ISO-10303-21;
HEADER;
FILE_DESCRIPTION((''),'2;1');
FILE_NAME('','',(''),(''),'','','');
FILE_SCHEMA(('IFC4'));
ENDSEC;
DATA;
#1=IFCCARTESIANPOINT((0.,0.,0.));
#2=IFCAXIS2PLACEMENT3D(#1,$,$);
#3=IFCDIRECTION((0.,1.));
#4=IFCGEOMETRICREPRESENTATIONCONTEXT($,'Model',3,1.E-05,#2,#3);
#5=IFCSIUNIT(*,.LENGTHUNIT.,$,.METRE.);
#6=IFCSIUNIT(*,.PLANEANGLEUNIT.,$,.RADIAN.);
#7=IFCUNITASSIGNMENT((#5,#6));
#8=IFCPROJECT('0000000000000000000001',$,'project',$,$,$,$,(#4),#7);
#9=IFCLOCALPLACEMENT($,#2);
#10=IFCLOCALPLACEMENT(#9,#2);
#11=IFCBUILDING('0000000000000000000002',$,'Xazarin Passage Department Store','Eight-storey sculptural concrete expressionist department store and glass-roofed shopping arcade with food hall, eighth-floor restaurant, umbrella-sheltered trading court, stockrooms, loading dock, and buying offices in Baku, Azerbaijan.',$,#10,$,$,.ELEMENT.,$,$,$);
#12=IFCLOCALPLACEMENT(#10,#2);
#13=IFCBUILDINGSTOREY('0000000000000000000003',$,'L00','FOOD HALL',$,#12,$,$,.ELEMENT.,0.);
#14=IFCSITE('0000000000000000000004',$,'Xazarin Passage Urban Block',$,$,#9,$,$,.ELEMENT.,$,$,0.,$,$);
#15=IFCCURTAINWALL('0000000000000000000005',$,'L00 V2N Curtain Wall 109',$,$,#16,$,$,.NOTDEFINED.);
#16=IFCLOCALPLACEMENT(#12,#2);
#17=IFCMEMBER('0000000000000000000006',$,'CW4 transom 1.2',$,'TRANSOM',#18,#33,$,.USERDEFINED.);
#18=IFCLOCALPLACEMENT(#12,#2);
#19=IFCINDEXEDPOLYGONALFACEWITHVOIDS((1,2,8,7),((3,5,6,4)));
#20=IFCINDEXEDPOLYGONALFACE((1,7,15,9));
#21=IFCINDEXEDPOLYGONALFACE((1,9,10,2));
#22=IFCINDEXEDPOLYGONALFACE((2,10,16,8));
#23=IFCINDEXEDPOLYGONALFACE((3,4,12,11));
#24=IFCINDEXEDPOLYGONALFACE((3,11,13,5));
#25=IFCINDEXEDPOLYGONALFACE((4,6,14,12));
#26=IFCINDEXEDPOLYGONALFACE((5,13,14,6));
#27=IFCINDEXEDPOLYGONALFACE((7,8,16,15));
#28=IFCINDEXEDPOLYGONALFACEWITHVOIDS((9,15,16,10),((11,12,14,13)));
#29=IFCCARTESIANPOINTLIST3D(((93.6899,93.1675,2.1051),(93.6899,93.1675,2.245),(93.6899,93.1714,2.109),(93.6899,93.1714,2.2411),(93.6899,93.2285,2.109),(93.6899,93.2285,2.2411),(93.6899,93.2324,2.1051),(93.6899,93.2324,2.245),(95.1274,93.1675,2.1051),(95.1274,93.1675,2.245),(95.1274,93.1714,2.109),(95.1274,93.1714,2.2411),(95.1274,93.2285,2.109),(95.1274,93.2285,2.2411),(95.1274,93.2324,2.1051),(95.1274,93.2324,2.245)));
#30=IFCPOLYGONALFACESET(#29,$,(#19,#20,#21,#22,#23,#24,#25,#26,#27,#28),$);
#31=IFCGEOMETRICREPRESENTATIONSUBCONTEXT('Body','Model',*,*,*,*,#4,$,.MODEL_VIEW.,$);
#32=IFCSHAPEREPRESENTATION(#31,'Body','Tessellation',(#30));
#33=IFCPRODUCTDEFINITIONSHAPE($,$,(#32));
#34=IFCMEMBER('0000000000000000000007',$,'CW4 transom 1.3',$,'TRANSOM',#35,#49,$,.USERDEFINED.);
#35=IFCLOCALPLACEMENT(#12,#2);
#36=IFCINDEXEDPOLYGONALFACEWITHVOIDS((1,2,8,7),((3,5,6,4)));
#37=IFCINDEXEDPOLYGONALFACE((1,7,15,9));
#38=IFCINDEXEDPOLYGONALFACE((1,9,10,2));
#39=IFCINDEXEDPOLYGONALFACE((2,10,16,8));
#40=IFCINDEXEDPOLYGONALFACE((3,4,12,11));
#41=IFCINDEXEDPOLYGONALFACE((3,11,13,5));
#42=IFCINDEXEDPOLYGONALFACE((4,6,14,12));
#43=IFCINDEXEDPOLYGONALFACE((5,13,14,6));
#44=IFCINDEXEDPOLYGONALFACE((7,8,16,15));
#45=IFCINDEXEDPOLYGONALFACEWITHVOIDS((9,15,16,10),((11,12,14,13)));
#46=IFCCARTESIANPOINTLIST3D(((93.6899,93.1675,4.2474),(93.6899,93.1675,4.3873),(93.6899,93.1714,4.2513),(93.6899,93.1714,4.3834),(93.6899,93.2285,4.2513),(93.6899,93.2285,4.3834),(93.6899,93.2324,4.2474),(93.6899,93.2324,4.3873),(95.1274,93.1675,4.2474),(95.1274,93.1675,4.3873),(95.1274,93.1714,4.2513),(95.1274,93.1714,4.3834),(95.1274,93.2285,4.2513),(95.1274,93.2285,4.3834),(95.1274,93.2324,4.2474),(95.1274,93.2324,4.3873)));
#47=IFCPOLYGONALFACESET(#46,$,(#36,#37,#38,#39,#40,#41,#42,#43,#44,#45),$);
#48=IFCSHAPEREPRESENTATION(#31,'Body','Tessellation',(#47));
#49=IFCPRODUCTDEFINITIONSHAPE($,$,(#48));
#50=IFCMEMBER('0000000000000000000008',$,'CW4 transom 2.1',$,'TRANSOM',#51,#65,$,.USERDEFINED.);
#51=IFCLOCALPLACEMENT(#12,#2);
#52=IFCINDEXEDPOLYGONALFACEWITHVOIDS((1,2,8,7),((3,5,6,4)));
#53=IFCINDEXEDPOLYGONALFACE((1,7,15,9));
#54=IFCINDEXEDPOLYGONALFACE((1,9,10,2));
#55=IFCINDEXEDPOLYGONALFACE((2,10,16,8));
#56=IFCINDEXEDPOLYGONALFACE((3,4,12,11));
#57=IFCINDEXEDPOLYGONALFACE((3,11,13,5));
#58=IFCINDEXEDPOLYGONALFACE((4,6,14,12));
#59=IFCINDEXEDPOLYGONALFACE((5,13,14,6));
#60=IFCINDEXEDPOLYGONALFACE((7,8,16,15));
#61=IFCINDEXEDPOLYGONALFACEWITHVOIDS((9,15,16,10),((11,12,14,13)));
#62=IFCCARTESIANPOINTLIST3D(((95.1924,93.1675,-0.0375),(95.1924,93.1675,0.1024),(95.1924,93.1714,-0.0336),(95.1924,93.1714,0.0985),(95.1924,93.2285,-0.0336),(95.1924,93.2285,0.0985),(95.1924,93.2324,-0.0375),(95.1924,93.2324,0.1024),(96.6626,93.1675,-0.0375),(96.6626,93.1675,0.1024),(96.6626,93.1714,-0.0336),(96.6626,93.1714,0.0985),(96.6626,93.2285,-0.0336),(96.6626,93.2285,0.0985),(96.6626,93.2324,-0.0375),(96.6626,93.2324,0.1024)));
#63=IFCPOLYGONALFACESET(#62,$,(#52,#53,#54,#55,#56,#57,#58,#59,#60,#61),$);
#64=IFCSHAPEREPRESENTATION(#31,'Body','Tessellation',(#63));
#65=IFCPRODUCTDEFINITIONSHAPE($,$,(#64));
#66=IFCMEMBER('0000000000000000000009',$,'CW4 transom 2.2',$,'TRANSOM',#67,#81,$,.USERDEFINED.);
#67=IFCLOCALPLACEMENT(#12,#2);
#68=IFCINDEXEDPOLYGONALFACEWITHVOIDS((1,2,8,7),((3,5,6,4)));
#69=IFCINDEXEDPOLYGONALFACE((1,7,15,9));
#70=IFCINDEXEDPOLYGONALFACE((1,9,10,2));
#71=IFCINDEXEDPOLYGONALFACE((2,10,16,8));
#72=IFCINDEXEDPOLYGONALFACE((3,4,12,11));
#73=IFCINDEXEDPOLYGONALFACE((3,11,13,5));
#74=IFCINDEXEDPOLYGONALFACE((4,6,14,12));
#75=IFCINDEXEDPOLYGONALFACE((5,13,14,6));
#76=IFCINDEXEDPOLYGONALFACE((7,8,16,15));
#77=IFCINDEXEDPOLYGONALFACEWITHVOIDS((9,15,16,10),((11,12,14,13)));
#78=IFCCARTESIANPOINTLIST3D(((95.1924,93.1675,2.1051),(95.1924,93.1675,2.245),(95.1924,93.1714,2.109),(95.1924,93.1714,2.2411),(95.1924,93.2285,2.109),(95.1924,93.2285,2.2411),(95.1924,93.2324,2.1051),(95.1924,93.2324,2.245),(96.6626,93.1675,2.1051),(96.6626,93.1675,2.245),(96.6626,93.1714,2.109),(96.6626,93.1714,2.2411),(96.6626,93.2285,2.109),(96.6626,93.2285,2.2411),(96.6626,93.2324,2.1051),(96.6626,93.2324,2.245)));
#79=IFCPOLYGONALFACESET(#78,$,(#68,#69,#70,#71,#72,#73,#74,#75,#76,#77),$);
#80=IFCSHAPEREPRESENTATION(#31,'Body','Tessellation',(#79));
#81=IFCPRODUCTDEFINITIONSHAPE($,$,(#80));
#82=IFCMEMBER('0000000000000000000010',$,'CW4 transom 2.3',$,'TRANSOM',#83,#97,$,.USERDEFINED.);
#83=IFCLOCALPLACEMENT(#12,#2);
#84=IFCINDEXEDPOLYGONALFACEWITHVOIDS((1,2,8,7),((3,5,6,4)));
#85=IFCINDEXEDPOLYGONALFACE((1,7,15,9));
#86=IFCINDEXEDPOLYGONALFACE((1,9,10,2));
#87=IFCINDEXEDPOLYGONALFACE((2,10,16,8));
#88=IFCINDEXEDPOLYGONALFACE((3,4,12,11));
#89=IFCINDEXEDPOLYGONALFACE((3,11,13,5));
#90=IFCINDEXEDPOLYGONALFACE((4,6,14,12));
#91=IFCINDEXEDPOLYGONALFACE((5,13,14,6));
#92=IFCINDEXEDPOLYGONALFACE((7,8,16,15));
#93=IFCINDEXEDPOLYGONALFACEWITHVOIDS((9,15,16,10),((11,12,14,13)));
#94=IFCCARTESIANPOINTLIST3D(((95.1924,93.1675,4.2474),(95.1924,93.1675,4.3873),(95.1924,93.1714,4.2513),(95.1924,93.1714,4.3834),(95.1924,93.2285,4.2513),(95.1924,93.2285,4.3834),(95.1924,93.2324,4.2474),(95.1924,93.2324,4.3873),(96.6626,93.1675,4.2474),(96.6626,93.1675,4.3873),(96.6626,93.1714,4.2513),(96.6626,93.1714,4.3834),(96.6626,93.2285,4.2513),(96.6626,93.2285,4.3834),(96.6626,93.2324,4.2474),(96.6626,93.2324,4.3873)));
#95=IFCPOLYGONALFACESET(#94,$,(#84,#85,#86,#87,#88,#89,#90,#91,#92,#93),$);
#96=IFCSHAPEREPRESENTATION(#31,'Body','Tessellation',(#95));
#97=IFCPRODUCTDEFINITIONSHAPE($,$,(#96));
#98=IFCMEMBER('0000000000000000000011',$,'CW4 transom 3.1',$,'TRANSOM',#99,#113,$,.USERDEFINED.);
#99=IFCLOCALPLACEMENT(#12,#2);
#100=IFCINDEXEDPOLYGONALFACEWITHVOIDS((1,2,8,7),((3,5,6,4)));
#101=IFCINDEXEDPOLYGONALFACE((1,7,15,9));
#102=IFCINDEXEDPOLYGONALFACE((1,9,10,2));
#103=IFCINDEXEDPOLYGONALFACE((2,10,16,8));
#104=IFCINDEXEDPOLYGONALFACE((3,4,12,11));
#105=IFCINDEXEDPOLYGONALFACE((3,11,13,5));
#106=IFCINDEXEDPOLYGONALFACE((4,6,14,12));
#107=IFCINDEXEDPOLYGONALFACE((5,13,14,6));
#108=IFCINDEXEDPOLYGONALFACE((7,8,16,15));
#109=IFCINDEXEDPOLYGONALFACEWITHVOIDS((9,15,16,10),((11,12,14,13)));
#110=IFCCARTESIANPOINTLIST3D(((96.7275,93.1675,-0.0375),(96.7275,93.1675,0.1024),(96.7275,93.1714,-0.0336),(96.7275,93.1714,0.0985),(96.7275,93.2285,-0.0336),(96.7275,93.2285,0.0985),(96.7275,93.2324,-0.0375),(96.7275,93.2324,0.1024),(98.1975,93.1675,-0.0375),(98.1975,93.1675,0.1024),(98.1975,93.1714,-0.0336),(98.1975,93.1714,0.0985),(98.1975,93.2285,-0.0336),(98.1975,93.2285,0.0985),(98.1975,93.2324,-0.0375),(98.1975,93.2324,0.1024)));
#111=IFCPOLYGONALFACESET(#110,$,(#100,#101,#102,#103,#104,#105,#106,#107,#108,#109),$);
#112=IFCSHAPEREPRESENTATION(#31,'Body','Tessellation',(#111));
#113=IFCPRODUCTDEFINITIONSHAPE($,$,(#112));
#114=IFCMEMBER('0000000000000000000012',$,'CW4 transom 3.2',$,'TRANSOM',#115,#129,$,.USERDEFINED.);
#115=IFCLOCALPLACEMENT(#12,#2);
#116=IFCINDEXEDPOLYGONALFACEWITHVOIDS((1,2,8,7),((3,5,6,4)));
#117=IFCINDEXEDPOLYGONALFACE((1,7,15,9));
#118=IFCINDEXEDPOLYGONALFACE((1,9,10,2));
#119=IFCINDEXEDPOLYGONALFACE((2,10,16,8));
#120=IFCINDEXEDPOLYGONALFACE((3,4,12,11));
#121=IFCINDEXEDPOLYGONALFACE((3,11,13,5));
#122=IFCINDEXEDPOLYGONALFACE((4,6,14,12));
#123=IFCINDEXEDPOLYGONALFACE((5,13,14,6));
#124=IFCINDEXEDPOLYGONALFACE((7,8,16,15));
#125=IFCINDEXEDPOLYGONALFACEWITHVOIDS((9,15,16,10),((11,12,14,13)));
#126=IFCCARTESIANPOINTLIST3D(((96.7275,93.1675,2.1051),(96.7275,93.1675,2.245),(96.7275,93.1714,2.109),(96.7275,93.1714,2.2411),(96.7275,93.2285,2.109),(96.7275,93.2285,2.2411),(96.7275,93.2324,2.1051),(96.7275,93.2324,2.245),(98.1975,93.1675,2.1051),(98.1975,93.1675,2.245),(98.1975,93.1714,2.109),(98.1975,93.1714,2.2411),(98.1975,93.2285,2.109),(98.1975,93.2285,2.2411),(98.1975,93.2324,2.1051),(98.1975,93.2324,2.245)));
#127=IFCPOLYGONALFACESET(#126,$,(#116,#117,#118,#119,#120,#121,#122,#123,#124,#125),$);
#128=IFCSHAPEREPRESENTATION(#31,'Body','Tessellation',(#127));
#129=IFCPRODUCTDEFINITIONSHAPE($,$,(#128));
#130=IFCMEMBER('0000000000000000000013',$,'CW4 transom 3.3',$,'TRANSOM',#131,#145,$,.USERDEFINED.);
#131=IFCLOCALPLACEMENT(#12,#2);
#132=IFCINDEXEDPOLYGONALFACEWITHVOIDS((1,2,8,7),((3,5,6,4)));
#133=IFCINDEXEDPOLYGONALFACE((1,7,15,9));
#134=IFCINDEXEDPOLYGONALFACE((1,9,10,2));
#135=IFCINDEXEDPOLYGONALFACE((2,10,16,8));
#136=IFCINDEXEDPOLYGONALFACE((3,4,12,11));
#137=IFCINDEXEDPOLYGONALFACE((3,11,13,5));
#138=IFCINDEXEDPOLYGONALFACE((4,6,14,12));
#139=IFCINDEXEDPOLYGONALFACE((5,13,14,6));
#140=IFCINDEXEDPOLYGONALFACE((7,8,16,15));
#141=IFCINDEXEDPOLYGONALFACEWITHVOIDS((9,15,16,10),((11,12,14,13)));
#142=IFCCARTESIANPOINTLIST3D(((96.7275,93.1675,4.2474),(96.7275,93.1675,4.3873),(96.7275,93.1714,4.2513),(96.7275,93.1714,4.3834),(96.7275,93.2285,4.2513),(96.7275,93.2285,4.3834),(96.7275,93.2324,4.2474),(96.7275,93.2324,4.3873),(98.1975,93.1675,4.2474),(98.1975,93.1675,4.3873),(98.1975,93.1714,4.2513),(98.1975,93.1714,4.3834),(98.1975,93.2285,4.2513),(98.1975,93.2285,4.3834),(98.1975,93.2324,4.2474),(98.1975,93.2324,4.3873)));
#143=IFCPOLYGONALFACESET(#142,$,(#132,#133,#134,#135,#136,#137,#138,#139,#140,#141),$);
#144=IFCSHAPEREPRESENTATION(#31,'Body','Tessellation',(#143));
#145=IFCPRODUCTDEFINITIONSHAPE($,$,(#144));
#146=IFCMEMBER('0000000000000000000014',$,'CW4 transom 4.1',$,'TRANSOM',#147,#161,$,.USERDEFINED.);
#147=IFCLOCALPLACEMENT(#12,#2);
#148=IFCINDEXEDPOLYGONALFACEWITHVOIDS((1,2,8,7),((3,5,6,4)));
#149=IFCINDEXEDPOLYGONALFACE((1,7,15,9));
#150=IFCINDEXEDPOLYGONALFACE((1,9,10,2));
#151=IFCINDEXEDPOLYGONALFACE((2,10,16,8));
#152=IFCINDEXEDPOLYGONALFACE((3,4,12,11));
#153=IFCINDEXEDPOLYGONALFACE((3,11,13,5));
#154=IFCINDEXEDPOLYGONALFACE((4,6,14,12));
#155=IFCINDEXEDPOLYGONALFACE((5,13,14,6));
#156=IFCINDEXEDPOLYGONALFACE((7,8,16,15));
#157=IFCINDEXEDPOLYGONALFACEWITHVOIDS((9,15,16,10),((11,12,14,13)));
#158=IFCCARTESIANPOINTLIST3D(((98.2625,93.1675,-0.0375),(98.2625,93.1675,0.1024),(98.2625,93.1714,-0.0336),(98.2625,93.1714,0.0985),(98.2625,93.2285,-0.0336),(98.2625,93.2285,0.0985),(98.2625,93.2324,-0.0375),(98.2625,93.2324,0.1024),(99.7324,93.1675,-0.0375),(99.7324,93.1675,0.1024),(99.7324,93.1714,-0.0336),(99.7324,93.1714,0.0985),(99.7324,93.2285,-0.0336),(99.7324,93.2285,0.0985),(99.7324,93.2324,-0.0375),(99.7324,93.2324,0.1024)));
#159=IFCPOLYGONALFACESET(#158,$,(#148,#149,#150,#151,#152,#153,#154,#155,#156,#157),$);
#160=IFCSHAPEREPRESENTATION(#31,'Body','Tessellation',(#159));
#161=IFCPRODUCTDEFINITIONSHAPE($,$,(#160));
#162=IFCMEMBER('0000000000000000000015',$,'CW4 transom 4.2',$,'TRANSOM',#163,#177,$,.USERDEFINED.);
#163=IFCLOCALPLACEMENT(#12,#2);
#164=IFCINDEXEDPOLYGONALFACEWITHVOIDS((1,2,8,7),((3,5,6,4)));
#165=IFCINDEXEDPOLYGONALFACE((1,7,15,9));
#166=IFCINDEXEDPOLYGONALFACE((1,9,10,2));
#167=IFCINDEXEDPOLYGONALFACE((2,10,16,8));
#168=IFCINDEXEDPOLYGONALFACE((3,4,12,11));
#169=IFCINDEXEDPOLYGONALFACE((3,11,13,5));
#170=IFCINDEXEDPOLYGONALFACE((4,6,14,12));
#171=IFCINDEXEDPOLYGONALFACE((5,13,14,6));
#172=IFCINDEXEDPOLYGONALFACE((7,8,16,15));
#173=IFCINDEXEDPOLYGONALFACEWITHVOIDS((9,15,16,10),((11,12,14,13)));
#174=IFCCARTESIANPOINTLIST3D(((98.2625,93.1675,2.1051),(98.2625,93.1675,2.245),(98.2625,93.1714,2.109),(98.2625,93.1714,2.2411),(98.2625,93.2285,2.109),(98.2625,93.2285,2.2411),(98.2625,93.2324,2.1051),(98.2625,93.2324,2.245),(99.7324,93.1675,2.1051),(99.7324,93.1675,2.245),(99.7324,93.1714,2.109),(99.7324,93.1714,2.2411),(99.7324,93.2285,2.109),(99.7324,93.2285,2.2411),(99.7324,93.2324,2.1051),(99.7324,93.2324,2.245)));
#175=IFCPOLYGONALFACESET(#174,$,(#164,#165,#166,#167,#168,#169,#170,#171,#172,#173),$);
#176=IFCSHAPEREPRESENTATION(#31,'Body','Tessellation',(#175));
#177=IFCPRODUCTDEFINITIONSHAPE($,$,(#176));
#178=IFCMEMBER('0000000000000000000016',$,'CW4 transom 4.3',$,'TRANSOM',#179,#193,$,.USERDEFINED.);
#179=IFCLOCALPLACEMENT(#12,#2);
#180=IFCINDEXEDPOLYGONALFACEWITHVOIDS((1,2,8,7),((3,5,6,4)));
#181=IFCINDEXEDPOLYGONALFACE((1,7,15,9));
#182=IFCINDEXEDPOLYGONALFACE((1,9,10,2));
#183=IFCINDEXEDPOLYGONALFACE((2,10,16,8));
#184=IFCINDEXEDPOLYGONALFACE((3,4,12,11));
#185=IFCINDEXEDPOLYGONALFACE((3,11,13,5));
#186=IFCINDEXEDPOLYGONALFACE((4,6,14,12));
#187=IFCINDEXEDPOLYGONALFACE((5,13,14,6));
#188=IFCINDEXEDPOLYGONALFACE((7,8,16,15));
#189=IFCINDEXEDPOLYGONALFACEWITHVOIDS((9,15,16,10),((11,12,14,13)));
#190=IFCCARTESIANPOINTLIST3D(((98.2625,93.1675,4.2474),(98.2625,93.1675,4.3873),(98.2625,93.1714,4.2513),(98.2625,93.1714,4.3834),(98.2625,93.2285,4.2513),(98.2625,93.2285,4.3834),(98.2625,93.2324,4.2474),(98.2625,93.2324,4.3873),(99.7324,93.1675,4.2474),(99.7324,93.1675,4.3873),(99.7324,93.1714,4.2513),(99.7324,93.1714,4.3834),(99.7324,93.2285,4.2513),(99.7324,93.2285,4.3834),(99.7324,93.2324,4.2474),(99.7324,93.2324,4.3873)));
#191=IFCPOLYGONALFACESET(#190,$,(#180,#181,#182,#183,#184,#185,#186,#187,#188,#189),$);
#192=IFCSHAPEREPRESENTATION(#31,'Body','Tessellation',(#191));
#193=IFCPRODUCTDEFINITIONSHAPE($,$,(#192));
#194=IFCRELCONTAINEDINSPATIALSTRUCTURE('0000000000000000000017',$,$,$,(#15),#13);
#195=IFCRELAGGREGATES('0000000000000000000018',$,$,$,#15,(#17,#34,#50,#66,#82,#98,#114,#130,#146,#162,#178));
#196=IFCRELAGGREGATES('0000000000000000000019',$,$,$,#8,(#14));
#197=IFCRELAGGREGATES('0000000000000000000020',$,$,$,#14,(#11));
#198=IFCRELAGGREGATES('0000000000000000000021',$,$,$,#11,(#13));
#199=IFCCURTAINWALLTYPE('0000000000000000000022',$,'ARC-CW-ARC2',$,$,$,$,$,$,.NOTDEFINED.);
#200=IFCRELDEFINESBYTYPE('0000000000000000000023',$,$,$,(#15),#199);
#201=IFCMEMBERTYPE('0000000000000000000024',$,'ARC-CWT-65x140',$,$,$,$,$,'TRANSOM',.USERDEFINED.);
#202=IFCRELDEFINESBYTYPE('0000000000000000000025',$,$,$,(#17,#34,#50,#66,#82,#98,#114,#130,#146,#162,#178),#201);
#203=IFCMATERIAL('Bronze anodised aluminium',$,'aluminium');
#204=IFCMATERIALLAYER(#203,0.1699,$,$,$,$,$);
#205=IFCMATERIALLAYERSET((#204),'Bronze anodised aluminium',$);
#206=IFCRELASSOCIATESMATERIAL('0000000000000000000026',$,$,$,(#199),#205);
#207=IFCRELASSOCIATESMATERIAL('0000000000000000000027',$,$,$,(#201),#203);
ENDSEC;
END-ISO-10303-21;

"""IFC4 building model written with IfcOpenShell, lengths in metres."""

from ifc_helpers import new_model, si_unit, direction, frame, origin, origin_2d, place, context, subcontext, project, spatial, hollow_rectangle, extrude, material, layer, layer_set, material_profile, profile_set, type_object, element, aggregate, save


model = new_model("IFC4")

# Units and contexts
model_context = context("Model", 3, precision=1e-05, world=origin(), true_north=direction((0.0, 1.0)))
body_context = subcontext(model_context, "Body", "Model", "MODEL_VIEW")
ifc_project = project(units=[si_unit("LENGTHUNIT", "METRE"), si_unit("PLANEANGLEUNIT", "RADIAN")], contexts=[model_context])

# Site, building, storey
site_placement = place(None, origin())
site = spatial("IfcSite", under=ifc_project, at=site_placement, Name="Xazarin Passage Urban Block", CompositionType="ELEMENT", RefElevation=0.0)
building_placement = place(site_placement, origin())
building = spatial("IfcBuilding", under=site, at=building_placement, Name="Xazarin Passage Department Store", Description="Eight-storey sculptural concrete expressionist department store and glass-roofed shopping arcade with food hall, eighth-floor restaurant, umbrella-sheltered trading court, stockrooms, loading dock, and buying offices in Baku, Azerbaijan.", CompositionType="ELEMENT")
storey_placement = place(building_placement, origin())
storey = spatial("IfcBuildingStorey", under=building, at=storey_placement, Name="L00", Description="FOOD HALL", CompositionType="ELEMENT", Elevation=0.0)

# Curtain wall, members
ifc_material_1 = material(Name="Bronze anodised aluminium", Category="aluminium")
ifc_layer_1 = layer(ifc_material_1, 0.1699)
ifc_layer_set_1 = layer_set([ifc_layer_1], Name="Bronze anodised aluminium")
curtain_wall_type = type_object("IfcCurtainWallType", Name="ARC-CW-ARC2", PredefinedType="NOTDEFINED", material=ifc_layer_set_1)
curtain_wall_placement = place(storey_placement, origin())
curtain_wall = element("IfcCurtainWall", 1, at=curtain_wall_placement, inside=storey, type_object=curtain_wall_type, Name="L00 V2N Curtain Wall 109", PredefinedType="NOTDEFINED")
ifc_material_profile_1 = material_profile(ifc_material_1, hollow_rectangle(XDim=0.0649, YDim=0.1399, WallThickness=0.0039, at=origin_2d()), Name="ALU 65x140")
ifc_profile_set_1 = profile_set([ifc_material_profile_1], Name="Bronze anodised aluminium")
member_type_1 = type_object("IfcMemberType", Name="ARC-CWT-65x140", ElementType="TRANSOM", PredefinedType="USERDEFINED", material=ifc_profile_set_1)
member_1_placement = place(storey_placement, frame((93.6899, 93.2, 2.175), z_axis=(1.0, 0.0, 0.0), x_axis=(0.0, 1.0, 0.0)))
member_1 = element("IfcMember", 2, at=member_1_placement, type_object=member_type_1, Name="CW4 transom 1.2", ObjectType="TRANSOM", PredefinedType="USERDEFINED", context=body_context, shape_type="SweptSolid", body=[
    extrude(hollow_rectangle(XDim=0.0649, YDim=0.1399, WallThickness=0.0039, at=origin_2d()), origin(), (0.0, 0.0, 1.0), 1.4375),
])
member_2_placement = place(storey_placement, frame((93.6899, 93.2, 4.3174), z_axis=(1.0, 0.0, 0.0), x_axis=(0.0, 1.0, 0.0)))
member_2 = element("IfcMember", 3, at=member_2_placement, type_object=member_type_1, Name="CW4 transom 1.3", ObjectType="TRANSOM", PredefinedType="USERDEFINED", context=body_context, shape_type="SweptSolid", body=[
    extrude(hollow_rectangle(XDim=0.0649, YDim=0.1399, WallThickness=0.0039, at=origin_2d()), origin(), (0.0, 0.0, 1.0), 1.4375),
])
member_3_placement = place(storey_placement, frame((95.1924, 93.2, 0.0325), z_axis=(1.0, 0.0, 0.0), x_axis=(0.0, 1.0, 0.0)))
member_3 = element("IfcMember", 4, at=member_3_placement, type_object=member_type_1, Name="CW4 transom 2.1", ObjectType="TRANSOM", PredefinedType="USERDEFINED", context=body_context, shape_type="SweptSolid", body=[
    extrude(hollow_rectangle(XDim=0.0649, YDim=0.1399, WallThickness=0.0039, at=origin_2d()), origin(), (0.0, 0.0, 1.0), 1.4702),
])
member_4_placement = place(storey_placement, frame((95.1924, 93.2, 2.175), z_axis=(1.0, 0.0, 0.0), x_axis=(0.0, 1.0, 0.0)))
member_4 = element("IfcMember", 5, at=member_4_placement, type_object=member_type_1, Name="CW4 transom 2.2", ObjectType="TRANSOM", PredefinedType="USERDEFINED", context=body_context, shape_type="SweptSolid", body=[
    extrude(hollow_rectangle(XDim=0.0649, YDim=0.1399, WallThickness=0.0039, at=origin_2d()), origin(), (0.0, 0.0, 1.0), 1.4702),
])
member_5_placement = place(storey_placement, frame((95.1924, 93.2, 4.3174), z_axis=(1.0, 0.0, 0.0), x_axis=(0.0, 1.0, 0.0)))
member_5 = element("IfcMember", 6, at=member_5_placement, type_object=member_type_1, Name="CW4 transom 2.3", ObjectType="TRANSOM", PredefinedType="USERDEFINED", context=body_context, shape_type="SweptSolid", body=[
    extrude(hollow_rectangle(XDim=0.0649, YDim=0.1399, WallThickness=0.0039, at=origin_2d()), origin(), (0.0, 0.0, 1.0), 1.4702),
])
member_6_placement = place(storey_placement, frame((96.7275, 93.2, 0.0325), z_axis=(1.0, 0.0, 0.0), x_axis=(0.0, 1.0, 0.0)))
member_6 = element("IfcMember", 7, at=member_6_placement, type_object=member_type_1, Name="CW4 transom 3.1", ObjectType="TRANSOM", PredefinedType="USERDEFINED", context=body_context, shape_type="SweptSolid", body=[
    extrude(hollow_rectangle(XDim=0.0649, YDim=0.1399, WallThickness=0.0039, at=origin_2d()), origin(), (0.0, 0.0, 1.0), 1.47),
])
member_7_placement = place(storey_placement, frame((96.7275, 93.2, 2.175), z_axis=(1.0, 0.0, 0.0), x_axis=(0.0, 1.0, 0.0)))
member_7 = element("IfcMember", 8, at=member_7_placement, type_object=member_type_1, Name="CW4 transom 3.2", ObjectType="TRANSOM", PredefinedType="USERDEFINED", context=body_context, shape_type="SweptSolid", body=[
    extrude(hollow_rectangle(XDim=0.0649, YDim=0.1399, WallThickness=0.0039, at=origin_2d()), origin(), (0.0, 0.0, 1.0), 1.47),
])
member_8_placement = place(storey_placement, frame((96.7275, 93.2, 4.3174), z_axis=(1.0, 0.0, 0.0), x_axis=(0.0, 1.0, 0.0)))
member_8 = element("IfcMember", 9, at=member_8_placement, type_object=member_type_1, Name="CW4 transom 3.3", ObjectType="TRANSOM", PredefinedType="USERDEFINED", context=body_context, shape_type="SweptSolid", body=[
    extrude(hollow_rectangle(XDim=0.0649, YDim=0.1399, WallThickness=0.0039, at=origin_2d()), origin(), (0.0, 0.0, 1.0), 1.47),
])
member_9_placement = place(storey_placement, frame((98.2625, 93.2, 0.0325), z_axis=(1.0, 0.0, 0.0), x_axis=(0.0, 1.0, 0.0)))
member_9 = element("IfcMember", 10, at=member_9_placement, type_object=member_type_1, Name="CW4 transom 4.1", ObjectType="TRANSOM", PredefinedType="USERDEFINED", context=body_context, shape_type="SweptSolid", body=[
    extrude(hollow_rectangle(XDim=0.0649, YDim=0.1399, WallThickness=0.0039, at=origin_2d()), origin(), (0.0, 0.0, 1.0), 1.47),
])
member_10_placement = place(storey_placement, frame((98.2625, 93.2, 2.175), z_axis=(1.0, 0.0, 0.0), x_axis=(0.0, 1.0, 0.0)))
member_10 = element("IfcMember", 11, at=member_10_placement, type_object=member_type_1, Name="CW4 transom 4.2", ObjectType="TRANSOM", PredefinedType="USERDEFINED", context=body_context, shape_type="SweptSolid", body=[
    extrude(hollow_rectangle(XDim=0.0649, YDim=0.1399, WallThickness=0.0039, at=origin_2d()), origin(), (0.0, 0.0, 1.0), 1.47),
])
member_11_placement = place(storey_placement, frame((98.2625, 93.2, 4.3174), z_axis=(1.0, 0.0, 0.0), x_axis=(0.0, 1.0, 0.0)))
member_11 = element("IfcMember", 12, at=member_11_placement, type_object=member_type_1, Name="CW4 transom 4.3", ObjectType="TRANSOM", PredefinedType="USERDEFINED", context=body_context, shape_type="SweptSolid", body=[
    extrude(hollow_rectangle(XDim=0.0649, YDim=0.1399, WallThickness=0.0039, at=origin_2d()), origin(), (0.0, 0.0, 1.0), 1.47),
])
aggregate(curtain_wall, [member_1, member_2, member_3, member_4, member_5, member_6, member_7, member_8, member_9, member_10, member_11])

save(model, "model.ifc")
